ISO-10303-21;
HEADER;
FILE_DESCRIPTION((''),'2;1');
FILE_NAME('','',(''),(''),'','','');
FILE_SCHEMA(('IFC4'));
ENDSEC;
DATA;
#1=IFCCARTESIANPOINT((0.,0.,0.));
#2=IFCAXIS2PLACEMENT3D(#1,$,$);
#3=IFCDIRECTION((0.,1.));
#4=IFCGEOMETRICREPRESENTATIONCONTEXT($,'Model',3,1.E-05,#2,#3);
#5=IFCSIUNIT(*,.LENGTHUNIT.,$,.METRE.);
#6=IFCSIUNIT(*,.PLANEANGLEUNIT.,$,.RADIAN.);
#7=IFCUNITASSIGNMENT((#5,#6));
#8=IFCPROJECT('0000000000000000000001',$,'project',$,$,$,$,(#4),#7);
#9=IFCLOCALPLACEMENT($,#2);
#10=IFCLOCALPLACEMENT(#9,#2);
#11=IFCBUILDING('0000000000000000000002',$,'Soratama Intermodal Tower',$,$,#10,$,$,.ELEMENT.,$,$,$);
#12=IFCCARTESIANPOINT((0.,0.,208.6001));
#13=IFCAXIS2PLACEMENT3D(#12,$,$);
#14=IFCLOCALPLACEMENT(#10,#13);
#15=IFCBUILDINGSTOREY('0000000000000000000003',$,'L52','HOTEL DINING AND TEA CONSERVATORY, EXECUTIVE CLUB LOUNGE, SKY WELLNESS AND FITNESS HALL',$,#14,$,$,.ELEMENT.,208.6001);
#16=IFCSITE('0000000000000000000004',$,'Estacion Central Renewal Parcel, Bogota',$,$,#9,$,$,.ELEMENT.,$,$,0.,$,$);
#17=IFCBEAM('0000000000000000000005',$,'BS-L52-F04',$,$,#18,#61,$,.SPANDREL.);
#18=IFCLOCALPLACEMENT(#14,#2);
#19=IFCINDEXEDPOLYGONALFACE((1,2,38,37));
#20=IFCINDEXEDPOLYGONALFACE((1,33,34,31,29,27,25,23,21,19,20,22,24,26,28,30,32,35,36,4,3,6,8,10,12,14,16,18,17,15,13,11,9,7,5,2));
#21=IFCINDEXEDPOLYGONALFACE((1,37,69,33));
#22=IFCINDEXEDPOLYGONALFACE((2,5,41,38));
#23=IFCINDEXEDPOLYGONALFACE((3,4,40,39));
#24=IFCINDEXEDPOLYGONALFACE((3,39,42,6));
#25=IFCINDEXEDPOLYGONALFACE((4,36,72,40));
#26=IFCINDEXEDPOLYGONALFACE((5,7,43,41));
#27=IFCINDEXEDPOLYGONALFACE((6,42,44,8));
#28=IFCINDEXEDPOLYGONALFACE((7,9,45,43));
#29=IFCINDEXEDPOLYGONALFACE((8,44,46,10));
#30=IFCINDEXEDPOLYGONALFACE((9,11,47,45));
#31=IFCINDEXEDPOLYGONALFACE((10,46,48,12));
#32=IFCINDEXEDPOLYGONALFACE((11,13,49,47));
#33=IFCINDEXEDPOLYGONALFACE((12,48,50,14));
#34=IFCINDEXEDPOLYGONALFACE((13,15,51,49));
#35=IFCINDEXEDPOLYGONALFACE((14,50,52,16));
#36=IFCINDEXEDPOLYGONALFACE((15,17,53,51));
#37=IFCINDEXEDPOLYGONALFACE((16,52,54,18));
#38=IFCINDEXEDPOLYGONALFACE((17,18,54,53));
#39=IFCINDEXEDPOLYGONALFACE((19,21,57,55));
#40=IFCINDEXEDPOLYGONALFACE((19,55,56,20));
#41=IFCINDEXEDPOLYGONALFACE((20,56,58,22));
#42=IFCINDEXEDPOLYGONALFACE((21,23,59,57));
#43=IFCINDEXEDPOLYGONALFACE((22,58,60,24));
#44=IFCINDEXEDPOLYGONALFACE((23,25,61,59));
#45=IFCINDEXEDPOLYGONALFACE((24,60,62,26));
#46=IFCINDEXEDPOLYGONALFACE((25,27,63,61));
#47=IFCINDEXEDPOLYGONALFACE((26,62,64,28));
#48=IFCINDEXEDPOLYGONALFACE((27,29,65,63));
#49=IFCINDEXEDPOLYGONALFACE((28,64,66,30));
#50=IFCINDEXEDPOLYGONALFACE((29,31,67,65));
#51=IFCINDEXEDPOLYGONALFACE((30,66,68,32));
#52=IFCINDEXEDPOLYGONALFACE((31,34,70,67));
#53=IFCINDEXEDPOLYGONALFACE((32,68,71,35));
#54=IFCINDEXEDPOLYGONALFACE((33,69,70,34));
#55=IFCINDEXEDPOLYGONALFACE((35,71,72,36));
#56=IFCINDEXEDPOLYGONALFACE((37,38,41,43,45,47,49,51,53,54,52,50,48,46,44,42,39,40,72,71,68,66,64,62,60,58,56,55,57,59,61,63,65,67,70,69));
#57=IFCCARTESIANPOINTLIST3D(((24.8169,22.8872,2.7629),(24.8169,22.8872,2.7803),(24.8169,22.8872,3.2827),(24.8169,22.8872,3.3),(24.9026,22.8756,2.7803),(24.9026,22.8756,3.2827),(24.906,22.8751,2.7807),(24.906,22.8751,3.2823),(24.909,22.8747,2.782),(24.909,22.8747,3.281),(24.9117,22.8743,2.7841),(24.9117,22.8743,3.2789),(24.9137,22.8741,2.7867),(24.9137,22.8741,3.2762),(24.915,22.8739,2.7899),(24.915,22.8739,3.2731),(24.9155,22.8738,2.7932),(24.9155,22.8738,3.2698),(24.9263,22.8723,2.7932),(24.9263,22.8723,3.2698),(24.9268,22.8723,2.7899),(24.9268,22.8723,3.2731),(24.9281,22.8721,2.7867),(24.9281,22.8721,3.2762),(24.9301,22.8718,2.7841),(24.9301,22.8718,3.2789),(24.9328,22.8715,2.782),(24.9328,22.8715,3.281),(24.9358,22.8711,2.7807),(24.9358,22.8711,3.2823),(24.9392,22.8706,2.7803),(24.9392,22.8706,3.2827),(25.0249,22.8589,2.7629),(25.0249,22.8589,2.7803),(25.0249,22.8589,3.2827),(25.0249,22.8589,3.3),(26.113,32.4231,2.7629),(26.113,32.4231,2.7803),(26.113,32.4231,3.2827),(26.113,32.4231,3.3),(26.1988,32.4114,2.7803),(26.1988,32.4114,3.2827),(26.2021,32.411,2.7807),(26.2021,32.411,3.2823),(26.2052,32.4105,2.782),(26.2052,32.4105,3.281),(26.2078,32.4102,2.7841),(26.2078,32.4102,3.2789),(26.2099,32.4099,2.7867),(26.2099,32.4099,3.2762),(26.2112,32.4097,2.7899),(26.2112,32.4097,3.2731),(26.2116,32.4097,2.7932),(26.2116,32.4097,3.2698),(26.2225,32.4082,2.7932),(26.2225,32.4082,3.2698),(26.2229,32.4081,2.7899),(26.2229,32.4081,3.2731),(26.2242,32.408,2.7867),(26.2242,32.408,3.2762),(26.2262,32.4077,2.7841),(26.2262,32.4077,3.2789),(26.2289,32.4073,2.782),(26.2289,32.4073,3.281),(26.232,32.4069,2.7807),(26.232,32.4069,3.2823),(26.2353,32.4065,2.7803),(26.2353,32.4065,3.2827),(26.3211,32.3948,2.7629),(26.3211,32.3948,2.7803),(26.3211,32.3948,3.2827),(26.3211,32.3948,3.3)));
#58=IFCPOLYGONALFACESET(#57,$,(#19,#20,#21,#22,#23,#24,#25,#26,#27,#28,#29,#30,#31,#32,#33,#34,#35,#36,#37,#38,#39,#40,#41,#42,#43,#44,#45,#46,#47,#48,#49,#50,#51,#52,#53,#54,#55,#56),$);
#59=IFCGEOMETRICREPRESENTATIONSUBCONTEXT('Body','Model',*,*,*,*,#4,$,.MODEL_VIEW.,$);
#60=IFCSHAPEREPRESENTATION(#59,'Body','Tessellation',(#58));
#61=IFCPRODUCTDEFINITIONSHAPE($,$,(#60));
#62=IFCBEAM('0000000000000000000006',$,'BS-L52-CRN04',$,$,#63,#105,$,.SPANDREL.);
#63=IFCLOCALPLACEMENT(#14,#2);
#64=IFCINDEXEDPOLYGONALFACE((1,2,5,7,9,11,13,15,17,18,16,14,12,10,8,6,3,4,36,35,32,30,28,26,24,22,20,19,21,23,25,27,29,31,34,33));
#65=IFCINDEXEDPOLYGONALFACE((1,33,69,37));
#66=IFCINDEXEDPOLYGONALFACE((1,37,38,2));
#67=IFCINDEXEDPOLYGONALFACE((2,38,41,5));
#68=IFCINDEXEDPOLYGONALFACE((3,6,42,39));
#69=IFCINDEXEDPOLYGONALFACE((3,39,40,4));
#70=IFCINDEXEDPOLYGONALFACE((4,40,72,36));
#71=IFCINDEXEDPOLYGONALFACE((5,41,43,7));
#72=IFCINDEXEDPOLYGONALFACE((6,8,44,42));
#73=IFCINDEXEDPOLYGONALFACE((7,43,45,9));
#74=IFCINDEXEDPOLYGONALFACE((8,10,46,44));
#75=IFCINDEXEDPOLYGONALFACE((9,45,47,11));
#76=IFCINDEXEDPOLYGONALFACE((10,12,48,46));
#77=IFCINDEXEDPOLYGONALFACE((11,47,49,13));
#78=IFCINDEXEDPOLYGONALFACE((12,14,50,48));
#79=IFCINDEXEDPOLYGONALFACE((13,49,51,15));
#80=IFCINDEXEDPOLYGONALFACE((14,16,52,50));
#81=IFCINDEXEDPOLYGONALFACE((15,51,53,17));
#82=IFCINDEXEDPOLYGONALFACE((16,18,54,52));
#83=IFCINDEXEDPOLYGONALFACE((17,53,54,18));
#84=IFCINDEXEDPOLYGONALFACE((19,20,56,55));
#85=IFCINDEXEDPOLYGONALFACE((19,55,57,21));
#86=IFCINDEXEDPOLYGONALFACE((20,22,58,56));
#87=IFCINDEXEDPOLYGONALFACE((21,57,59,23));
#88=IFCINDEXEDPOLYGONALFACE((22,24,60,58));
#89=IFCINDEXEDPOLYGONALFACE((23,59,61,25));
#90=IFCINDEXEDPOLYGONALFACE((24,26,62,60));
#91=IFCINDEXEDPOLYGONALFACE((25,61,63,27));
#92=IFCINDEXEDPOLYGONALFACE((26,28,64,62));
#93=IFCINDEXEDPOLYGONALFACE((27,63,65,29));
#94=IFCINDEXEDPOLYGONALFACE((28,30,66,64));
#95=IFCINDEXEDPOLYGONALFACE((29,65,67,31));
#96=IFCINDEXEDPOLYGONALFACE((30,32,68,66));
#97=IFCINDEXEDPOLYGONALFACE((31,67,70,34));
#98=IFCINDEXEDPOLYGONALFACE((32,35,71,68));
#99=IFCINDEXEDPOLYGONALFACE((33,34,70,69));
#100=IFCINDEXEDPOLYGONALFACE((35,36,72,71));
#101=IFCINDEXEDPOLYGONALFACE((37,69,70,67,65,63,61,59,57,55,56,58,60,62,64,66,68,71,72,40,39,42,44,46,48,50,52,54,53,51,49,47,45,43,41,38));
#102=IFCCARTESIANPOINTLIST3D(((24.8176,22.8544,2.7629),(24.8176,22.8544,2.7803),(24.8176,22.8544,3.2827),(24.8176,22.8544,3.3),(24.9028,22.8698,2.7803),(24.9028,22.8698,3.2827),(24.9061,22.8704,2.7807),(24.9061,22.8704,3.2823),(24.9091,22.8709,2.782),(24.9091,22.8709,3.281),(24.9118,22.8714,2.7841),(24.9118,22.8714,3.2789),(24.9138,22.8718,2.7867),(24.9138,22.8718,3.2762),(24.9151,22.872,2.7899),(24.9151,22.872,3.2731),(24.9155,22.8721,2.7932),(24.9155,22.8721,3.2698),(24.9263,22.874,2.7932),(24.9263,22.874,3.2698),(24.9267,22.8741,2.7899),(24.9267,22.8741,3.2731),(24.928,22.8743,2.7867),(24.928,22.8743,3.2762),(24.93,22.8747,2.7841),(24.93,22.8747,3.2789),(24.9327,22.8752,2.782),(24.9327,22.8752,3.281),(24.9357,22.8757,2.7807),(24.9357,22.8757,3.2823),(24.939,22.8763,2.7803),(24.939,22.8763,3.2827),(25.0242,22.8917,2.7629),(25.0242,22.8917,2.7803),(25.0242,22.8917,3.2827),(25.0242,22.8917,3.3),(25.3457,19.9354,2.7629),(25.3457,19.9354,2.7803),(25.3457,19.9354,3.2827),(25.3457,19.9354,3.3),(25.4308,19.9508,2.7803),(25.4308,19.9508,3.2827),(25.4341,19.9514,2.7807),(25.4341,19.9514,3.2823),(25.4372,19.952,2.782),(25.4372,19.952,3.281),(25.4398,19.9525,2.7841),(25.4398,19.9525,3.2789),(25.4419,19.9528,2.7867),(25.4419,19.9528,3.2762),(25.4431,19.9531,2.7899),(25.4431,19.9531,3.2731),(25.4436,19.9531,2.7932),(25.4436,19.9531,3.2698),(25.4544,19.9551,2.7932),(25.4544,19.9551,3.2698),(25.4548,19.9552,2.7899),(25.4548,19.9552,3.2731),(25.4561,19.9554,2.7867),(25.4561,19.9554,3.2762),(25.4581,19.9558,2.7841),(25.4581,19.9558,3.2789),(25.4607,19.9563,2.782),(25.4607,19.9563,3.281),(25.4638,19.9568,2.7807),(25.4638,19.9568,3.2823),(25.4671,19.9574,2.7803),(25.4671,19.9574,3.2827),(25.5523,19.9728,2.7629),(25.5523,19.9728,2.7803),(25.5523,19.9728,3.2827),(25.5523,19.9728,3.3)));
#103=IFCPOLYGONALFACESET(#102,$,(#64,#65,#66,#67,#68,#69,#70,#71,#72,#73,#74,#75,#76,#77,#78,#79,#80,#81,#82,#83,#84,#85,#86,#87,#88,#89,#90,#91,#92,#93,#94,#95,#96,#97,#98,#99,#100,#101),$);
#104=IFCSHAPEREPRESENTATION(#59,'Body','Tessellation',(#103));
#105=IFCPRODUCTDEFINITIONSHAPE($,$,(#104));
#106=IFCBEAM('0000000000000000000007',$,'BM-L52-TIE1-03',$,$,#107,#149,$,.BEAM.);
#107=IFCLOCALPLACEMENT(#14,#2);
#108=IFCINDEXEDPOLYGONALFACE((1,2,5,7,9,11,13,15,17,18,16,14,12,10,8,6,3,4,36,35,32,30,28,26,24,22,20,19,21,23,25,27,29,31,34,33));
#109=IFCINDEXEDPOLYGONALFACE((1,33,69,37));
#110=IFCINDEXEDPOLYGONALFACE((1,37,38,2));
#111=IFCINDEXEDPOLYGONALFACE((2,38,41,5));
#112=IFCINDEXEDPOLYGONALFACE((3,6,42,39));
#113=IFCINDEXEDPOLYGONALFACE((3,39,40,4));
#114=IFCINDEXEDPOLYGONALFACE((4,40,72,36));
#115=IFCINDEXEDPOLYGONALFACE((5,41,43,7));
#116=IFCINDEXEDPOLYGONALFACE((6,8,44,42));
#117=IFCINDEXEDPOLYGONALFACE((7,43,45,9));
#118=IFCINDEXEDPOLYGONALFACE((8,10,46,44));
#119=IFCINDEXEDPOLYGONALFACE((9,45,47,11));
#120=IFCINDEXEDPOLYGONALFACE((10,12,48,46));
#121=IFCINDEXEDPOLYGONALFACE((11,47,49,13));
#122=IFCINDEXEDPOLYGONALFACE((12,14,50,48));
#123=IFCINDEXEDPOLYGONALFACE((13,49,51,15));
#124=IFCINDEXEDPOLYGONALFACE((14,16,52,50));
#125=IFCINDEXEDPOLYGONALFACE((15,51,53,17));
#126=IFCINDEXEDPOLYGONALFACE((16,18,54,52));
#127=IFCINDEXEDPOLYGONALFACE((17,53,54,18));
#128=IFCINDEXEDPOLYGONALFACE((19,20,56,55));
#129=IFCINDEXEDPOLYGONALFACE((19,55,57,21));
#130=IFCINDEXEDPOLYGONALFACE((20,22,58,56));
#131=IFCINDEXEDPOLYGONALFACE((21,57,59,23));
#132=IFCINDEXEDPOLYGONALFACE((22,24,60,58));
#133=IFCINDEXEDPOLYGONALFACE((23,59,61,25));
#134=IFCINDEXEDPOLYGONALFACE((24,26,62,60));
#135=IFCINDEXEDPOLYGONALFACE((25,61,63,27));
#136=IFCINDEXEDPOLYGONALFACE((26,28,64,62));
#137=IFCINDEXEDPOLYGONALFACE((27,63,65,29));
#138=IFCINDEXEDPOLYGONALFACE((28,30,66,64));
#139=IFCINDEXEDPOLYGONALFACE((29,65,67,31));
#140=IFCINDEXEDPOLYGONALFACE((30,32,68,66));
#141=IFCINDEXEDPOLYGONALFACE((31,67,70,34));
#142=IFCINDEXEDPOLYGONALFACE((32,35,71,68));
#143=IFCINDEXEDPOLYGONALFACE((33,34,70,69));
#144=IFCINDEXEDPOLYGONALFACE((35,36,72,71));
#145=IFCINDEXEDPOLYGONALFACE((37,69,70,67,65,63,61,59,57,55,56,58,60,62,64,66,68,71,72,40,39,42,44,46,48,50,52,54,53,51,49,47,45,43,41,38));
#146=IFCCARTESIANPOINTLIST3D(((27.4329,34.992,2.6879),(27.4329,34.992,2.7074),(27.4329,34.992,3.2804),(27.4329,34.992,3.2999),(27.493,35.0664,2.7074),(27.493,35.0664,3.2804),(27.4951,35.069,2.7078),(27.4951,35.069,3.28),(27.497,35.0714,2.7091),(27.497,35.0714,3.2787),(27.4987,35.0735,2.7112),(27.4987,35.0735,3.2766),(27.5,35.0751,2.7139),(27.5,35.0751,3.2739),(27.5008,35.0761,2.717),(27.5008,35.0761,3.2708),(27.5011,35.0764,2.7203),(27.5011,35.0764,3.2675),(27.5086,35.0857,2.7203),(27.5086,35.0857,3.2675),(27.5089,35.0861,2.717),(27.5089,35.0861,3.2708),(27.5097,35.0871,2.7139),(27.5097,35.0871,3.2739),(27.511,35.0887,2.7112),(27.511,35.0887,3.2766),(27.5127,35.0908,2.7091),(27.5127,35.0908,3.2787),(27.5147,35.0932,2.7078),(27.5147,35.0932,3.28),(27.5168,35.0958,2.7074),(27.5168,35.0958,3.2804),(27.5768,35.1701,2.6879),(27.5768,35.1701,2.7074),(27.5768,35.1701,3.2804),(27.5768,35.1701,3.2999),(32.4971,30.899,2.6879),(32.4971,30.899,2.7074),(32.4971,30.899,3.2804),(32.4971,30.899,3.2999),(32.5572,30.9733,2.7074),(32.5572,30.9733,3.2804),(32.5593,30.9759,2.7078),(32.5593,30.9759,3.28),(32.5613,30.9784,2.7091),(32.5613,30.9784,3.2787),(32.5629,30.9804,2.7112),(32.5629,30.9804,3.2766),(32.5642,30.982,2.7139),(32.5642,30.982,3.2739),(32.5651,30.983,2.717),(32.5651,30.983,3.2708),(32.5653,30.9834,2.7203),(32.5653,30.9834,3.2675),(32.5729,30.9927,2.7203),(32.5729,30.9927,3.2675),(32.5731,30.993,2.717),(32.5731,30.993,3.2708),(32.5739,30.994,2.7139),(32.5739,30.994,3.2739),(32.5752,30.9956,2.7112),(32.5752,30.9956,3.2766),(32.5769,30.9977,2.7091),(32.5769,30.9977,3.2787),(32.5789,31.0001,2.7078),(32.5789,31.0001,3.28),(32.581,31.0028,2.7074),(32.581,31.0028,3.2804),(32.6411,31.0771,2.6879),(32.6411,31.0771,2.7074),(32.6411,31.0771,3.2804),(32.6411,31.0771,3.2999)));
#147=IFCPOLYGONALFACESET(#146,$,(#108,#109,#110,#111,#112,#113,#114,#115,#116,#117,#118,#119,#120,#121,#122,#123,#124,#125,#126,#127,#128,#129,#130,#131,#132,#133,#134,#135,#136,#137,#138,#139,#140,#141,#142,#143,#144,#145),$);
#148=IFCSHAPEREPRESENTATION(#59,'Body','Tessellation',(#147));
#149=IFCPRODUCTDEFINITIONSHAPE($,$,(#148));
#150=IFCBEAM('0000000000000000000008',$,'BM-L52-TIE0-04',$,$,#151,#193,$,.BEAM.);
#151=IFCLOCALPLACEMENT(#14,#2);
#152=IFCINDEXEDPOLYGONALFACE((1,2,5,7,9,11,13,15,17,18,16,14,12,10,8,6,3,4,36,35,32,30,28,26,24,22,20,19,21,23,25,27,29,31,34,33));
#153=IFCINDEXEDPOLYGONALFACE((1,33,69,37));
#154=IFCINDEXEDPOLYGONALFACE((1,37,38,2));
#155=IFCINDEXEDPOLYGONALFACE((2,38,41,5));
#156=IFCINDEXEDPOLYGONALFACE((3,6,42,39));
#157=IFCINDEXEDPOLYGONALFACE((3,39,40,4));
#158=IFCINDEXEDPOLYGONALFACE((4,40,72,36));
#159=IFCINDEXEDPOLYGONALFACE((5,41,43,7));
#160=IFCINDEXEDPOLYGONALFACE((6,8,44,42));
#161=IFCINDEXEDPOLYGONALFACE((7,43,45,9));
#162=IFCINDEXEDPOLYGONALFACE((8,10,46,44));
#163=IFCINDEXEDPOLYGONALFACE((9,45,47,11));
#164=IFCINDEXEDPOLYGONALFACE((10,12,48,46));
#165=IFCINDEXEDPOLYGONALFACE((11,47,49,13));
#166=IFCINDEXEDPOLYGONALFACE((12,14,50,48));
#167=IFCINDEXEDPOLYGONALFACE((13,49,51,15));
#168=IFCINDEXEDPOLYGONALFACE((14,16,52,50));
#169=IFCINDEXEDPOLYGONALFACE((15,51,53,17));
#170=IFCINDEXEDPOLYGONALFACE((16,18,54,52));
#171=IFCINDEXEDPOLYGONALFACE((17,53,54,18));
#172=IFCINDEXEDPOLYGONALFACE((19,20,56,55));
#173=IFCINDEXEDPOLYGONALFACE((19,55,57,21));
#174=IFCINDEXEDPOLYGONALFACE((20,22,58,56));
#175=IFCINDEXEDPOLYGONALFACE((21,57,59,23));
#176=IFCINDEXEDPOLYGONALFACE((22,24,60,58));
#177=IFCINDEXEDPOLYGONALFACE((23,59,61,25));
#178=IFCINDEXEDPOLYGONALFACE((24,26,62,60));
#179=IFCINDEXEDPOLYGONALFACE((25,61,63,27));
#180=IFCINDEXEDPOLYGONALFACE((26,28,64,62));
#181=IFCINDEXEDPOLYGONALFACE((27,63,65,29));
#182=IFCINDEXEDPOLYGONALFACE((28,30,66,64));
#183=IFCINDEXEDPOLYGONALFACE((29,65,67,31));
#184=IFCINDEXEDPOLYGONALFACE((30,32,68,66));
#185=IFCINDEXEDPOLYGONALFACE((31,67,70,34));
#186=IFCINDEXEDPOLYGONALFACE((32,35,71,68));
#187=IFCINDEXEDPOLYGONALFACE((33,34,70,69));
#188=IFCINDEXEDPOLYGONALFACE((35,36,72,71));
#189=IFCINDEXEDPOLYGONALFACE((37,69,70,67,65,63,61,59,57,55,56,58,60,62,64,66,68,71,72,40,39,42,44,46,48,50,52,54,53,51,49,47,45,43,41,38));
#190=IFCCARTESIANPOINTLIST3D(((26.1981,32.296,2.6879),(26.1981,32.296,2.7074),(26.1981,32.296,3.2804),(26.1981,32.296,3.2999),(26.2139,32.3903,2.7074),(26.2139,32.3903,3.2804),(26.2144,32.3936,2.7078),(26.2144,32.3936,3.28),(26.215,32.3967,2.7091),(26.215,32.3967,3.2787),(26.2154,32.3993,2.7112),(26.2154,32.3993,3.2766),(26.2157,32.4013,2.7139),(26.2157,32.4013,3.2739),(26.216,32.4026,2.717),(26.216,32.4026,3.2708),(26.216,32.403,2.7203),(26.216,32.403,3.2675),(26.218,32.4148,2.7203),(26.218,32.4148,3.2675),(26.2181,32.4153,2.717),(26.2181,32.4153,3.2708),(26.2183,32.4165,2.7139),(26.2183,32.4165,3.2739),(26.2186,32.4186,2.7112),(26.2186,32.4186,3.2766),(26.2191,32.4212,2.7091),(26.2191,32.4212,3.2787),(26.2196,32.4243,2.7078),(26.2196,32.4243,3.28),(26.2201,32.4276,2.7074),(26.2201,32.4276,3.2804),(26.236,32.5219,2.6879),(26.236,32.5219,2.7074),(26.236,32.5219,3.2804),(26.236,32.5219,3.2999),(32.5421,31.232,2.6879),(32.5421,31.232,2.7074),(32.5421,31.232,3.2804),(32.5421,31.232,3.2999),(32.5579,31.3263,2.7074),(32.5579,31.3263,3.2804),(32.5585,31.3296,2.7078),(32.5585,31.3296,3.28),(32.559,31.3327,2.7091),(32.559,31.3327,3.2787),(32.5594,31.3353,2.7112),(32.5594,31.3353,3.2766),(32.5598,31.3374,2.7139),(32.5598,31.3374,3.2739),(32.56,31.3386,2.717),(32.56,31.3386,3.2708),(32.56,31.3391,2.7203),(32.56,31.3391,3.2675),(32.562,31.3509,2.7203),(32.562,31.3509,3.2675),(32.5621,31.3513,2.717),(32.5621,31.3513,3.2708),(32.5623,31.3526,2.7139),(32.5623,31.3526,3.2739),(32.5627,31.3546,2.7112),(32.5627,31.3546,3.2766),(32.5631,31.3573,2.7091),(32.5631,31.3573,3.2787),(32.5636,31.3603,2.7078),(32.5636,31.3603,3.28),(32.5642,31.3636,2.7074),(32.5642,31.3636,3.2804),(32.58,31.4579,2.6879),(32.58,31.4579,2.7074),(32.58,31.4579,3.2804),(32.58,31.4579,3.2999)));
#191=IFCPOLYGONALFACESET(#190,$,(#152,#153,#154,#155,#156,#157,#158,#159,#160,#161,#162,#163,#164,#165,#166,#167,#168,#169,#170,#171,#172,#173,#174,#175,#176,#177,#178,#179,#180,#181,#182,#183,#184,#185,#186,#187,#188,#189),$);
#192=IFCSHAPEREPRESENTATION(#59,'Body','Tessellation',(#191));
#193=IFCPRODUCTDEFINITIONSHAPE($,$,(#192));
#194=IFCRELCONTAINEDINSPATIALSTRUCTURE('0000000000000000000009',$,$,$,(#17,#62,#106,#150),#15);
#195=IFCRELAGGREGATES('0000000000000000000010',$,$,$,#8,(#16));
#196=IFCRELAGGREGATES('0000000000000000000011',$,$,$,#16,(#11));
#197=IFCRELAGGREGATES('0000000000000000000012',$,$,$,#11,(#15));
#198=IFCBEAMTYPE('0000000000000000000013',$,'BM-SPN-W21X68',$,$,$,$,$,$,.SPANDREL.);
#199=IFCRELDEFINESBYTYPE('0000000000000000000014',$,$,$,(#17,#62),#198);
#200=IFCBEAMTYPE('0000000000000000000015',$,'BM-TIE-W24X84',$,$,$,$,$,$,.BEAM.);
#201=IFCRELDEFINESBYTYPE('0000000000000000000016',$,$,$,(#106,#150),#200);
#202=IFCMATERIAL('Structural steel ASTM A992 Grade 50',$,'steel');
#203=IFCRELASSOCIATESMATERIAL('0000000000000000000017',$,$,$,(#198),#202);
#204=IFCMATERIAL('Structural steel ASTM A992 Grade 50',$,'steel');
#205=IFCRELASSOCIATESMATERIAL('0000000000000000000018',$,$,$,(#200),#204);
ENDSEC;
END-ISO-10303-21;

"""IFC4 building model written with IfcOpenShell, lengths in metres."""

from ifc_helpers import new_model, si_unit, direction, frame, origin, origin_2d, place, context, subcontext, project, spatial, i_section, extrude, material, material_profile, profile_set, type_object, element, save


model = new_model("IFC4")

# Units and contexts
model_context = context("Model", 3, precision=1e-05, world=origin(), true_north=direction((0.0, 1.0)))
body_context = subcontext(model_context, "Body", "Model", "MODEL_VIEW")
ifc_project = project(units=[si_unit("LENGTHUNIT", "METRE"), si_unit("PLANEANGLEUNIT", "RADIAN")], contexts=[model_context])

# Site, building, storey
site_placement = place(None, origin())
site = spatial("IfcSite", under=ifc_project, at=site_placement, Name="Estacion Central Renewal Parcel, Bogota", CompositionType="ELEMENT", RefElevation=0.0)
building_placement = place(site_placement, origin())
building = spatial("IfcBuilding", under=site, at=building_placement, Name="Soratama Intermodal Tower", CompositionType="ELEMENT")
storey_placement = place(building_placement, frame((0.0, 0.0, 208.6001)))
storey = spatial("IfcBuildingStorey", under=building, at=storey_placement, Name="L52", Description="HOTEL DINING AND TEA CONSERVATORY, EXECUTIVE CLUB LOUNGE, SKY WELLNESS AND FITNESS HALL", CompositionType="ELEMENT", Elevation=208.6001)

# Beams
ifc_material_1 = material(Name="Structural steel ASTM A992 Grade 50", Category="steel")
ifc_material_profile_1 = material_profile(ifc_material_1, i_section(OverallWidth=0.21, OverallDepth=0.5371, WebThickness=0.011, FlangeThickness=0.0173, FilletRadius=0.0129, at=origin_2d()), Name="W21X68")
ifc_profile_set_1 = profile_set([ifc_material_profile_1], Name="Structural steel ASTM A992 Grade 50")
beam_type_1 = type_object("IfcBeamType", Name="BM-SPN-W21X68", PredefinedType="SPANDREL", material=ifc_profile_set_1)
beam_1_placement = place(storey_placement, frame((26.217, 32.4089, 3.0315), z_axis=(-0.134684, -0.990889, 0.0), x_axis=(0.990889, -0.134684, 0.0)))
element("IfcBeam", 1, at=beam_1_placement, inside=storey, type_object=beam_type_1, Name="BS-L52-F04", PredefinedType="SPANDREL", context=body_context, shape_type="SweptSolid", body=[
    extrude(i_section(OverallWidth=0.21, OverallDepth=0.5371, WebThickness=0.011, FlangeThickness=0.0173, FilletRadius=0.0129, at=origin_2d()), origin(), (0.0, 0.0, 1.0), 9.6235),
])
beam_2_placement = place(storey_placement, frame((24.9209, 22.873, 3.0315), z_axis=(0.178023, -0.984026, 0.0), x_axis=(0.984026, 0.178023, 0.0)))
element("IfcBeam", 2, at=beam_2_placement, inside=storey, type_object=beam_type_1, Name="BS-L52-CRN04", PredefinedType="SPANDREL", context=body_context, shape_type="SweptSolid", body=[
    extrude(i_section(OverallWidth=0.21, OverallDepth=0.5371, WebThickness=0.011, FlangeThickness=0.0173, FilletRadius=0.0129, at=origin_2d()), origin(), (0.0, 0.0, 1.0), 2.9663),
])
ifc_material_2 = material(Name="Structural steel ASTM A992 Grade 50", Category="steel")
ifc_material_profile_2 = material_profile(ifc_material_2, i_section(OverallWidth=0.229, OverallDepth=0.6121, WebThickness=0.012, FlangeThickness=0.0195, FilletRadius=0.0129, at=origin_2d()), Name="W24X84")
ifc_profile_set_2 = profile_set([ifc_material_profile_2], Name="Structural steel ASTM A992 Grade 50")
beam_type_2 = type_object("IfcBeamType", Name="BM-TIE-W24X84", PredefinedType="BEAM", material=ifc_profile_set_2)
beam_3_placement = place(storey_placement, frame((32.5691, 30.988, 2.9939), z_axis=(-0.777739, 0.628588, 0.0), x_axis=(-0.628588, -0.777739, 0.0)))
element("IfcBeam", 3, at=beam_3_placement, inside=storey, type_object=beam_type_2, Name="BM-L52-TIE1-03", PredefinedType="BEAM", context=body_context, shape_type="SweptSolid", body=[
    extrude(i_section(OverallWidth=0.229, OverallDepth=0.6121, WebThickness=0.012, FlangeThickness=0.0195, FilletRadius=0.0129, at=origin_2d()), origin(), (0.0, 0.0, 1.0), 6.5115),
])
beam_4_placement = place(storey_placement, frame((32.561, 31.345, 2.9939), z_axis=(-0.986226, 0.165402, 0.0), x_axis=(-0.165402, -0.986226, 0.0)))
element("IfcBeam", 4, at=beam_4_placement, inside=storey, type_object=beam_type_2, Name="BM-L52-TIE0-04", PredefinedType="BEAM", context=body_context, shape_type="SweptSolid", body=[
    extrude(i_section(OverallWidth=0.229, OverallDepth=0.6121, WebThickness=0.012, FlangeThickness=0.0195, FilletRadius=0.0129, at=origin_2d()), origin(), (0.0, 0.0, 1.0), 6.4326),
])

save(model, "model.ifc")
